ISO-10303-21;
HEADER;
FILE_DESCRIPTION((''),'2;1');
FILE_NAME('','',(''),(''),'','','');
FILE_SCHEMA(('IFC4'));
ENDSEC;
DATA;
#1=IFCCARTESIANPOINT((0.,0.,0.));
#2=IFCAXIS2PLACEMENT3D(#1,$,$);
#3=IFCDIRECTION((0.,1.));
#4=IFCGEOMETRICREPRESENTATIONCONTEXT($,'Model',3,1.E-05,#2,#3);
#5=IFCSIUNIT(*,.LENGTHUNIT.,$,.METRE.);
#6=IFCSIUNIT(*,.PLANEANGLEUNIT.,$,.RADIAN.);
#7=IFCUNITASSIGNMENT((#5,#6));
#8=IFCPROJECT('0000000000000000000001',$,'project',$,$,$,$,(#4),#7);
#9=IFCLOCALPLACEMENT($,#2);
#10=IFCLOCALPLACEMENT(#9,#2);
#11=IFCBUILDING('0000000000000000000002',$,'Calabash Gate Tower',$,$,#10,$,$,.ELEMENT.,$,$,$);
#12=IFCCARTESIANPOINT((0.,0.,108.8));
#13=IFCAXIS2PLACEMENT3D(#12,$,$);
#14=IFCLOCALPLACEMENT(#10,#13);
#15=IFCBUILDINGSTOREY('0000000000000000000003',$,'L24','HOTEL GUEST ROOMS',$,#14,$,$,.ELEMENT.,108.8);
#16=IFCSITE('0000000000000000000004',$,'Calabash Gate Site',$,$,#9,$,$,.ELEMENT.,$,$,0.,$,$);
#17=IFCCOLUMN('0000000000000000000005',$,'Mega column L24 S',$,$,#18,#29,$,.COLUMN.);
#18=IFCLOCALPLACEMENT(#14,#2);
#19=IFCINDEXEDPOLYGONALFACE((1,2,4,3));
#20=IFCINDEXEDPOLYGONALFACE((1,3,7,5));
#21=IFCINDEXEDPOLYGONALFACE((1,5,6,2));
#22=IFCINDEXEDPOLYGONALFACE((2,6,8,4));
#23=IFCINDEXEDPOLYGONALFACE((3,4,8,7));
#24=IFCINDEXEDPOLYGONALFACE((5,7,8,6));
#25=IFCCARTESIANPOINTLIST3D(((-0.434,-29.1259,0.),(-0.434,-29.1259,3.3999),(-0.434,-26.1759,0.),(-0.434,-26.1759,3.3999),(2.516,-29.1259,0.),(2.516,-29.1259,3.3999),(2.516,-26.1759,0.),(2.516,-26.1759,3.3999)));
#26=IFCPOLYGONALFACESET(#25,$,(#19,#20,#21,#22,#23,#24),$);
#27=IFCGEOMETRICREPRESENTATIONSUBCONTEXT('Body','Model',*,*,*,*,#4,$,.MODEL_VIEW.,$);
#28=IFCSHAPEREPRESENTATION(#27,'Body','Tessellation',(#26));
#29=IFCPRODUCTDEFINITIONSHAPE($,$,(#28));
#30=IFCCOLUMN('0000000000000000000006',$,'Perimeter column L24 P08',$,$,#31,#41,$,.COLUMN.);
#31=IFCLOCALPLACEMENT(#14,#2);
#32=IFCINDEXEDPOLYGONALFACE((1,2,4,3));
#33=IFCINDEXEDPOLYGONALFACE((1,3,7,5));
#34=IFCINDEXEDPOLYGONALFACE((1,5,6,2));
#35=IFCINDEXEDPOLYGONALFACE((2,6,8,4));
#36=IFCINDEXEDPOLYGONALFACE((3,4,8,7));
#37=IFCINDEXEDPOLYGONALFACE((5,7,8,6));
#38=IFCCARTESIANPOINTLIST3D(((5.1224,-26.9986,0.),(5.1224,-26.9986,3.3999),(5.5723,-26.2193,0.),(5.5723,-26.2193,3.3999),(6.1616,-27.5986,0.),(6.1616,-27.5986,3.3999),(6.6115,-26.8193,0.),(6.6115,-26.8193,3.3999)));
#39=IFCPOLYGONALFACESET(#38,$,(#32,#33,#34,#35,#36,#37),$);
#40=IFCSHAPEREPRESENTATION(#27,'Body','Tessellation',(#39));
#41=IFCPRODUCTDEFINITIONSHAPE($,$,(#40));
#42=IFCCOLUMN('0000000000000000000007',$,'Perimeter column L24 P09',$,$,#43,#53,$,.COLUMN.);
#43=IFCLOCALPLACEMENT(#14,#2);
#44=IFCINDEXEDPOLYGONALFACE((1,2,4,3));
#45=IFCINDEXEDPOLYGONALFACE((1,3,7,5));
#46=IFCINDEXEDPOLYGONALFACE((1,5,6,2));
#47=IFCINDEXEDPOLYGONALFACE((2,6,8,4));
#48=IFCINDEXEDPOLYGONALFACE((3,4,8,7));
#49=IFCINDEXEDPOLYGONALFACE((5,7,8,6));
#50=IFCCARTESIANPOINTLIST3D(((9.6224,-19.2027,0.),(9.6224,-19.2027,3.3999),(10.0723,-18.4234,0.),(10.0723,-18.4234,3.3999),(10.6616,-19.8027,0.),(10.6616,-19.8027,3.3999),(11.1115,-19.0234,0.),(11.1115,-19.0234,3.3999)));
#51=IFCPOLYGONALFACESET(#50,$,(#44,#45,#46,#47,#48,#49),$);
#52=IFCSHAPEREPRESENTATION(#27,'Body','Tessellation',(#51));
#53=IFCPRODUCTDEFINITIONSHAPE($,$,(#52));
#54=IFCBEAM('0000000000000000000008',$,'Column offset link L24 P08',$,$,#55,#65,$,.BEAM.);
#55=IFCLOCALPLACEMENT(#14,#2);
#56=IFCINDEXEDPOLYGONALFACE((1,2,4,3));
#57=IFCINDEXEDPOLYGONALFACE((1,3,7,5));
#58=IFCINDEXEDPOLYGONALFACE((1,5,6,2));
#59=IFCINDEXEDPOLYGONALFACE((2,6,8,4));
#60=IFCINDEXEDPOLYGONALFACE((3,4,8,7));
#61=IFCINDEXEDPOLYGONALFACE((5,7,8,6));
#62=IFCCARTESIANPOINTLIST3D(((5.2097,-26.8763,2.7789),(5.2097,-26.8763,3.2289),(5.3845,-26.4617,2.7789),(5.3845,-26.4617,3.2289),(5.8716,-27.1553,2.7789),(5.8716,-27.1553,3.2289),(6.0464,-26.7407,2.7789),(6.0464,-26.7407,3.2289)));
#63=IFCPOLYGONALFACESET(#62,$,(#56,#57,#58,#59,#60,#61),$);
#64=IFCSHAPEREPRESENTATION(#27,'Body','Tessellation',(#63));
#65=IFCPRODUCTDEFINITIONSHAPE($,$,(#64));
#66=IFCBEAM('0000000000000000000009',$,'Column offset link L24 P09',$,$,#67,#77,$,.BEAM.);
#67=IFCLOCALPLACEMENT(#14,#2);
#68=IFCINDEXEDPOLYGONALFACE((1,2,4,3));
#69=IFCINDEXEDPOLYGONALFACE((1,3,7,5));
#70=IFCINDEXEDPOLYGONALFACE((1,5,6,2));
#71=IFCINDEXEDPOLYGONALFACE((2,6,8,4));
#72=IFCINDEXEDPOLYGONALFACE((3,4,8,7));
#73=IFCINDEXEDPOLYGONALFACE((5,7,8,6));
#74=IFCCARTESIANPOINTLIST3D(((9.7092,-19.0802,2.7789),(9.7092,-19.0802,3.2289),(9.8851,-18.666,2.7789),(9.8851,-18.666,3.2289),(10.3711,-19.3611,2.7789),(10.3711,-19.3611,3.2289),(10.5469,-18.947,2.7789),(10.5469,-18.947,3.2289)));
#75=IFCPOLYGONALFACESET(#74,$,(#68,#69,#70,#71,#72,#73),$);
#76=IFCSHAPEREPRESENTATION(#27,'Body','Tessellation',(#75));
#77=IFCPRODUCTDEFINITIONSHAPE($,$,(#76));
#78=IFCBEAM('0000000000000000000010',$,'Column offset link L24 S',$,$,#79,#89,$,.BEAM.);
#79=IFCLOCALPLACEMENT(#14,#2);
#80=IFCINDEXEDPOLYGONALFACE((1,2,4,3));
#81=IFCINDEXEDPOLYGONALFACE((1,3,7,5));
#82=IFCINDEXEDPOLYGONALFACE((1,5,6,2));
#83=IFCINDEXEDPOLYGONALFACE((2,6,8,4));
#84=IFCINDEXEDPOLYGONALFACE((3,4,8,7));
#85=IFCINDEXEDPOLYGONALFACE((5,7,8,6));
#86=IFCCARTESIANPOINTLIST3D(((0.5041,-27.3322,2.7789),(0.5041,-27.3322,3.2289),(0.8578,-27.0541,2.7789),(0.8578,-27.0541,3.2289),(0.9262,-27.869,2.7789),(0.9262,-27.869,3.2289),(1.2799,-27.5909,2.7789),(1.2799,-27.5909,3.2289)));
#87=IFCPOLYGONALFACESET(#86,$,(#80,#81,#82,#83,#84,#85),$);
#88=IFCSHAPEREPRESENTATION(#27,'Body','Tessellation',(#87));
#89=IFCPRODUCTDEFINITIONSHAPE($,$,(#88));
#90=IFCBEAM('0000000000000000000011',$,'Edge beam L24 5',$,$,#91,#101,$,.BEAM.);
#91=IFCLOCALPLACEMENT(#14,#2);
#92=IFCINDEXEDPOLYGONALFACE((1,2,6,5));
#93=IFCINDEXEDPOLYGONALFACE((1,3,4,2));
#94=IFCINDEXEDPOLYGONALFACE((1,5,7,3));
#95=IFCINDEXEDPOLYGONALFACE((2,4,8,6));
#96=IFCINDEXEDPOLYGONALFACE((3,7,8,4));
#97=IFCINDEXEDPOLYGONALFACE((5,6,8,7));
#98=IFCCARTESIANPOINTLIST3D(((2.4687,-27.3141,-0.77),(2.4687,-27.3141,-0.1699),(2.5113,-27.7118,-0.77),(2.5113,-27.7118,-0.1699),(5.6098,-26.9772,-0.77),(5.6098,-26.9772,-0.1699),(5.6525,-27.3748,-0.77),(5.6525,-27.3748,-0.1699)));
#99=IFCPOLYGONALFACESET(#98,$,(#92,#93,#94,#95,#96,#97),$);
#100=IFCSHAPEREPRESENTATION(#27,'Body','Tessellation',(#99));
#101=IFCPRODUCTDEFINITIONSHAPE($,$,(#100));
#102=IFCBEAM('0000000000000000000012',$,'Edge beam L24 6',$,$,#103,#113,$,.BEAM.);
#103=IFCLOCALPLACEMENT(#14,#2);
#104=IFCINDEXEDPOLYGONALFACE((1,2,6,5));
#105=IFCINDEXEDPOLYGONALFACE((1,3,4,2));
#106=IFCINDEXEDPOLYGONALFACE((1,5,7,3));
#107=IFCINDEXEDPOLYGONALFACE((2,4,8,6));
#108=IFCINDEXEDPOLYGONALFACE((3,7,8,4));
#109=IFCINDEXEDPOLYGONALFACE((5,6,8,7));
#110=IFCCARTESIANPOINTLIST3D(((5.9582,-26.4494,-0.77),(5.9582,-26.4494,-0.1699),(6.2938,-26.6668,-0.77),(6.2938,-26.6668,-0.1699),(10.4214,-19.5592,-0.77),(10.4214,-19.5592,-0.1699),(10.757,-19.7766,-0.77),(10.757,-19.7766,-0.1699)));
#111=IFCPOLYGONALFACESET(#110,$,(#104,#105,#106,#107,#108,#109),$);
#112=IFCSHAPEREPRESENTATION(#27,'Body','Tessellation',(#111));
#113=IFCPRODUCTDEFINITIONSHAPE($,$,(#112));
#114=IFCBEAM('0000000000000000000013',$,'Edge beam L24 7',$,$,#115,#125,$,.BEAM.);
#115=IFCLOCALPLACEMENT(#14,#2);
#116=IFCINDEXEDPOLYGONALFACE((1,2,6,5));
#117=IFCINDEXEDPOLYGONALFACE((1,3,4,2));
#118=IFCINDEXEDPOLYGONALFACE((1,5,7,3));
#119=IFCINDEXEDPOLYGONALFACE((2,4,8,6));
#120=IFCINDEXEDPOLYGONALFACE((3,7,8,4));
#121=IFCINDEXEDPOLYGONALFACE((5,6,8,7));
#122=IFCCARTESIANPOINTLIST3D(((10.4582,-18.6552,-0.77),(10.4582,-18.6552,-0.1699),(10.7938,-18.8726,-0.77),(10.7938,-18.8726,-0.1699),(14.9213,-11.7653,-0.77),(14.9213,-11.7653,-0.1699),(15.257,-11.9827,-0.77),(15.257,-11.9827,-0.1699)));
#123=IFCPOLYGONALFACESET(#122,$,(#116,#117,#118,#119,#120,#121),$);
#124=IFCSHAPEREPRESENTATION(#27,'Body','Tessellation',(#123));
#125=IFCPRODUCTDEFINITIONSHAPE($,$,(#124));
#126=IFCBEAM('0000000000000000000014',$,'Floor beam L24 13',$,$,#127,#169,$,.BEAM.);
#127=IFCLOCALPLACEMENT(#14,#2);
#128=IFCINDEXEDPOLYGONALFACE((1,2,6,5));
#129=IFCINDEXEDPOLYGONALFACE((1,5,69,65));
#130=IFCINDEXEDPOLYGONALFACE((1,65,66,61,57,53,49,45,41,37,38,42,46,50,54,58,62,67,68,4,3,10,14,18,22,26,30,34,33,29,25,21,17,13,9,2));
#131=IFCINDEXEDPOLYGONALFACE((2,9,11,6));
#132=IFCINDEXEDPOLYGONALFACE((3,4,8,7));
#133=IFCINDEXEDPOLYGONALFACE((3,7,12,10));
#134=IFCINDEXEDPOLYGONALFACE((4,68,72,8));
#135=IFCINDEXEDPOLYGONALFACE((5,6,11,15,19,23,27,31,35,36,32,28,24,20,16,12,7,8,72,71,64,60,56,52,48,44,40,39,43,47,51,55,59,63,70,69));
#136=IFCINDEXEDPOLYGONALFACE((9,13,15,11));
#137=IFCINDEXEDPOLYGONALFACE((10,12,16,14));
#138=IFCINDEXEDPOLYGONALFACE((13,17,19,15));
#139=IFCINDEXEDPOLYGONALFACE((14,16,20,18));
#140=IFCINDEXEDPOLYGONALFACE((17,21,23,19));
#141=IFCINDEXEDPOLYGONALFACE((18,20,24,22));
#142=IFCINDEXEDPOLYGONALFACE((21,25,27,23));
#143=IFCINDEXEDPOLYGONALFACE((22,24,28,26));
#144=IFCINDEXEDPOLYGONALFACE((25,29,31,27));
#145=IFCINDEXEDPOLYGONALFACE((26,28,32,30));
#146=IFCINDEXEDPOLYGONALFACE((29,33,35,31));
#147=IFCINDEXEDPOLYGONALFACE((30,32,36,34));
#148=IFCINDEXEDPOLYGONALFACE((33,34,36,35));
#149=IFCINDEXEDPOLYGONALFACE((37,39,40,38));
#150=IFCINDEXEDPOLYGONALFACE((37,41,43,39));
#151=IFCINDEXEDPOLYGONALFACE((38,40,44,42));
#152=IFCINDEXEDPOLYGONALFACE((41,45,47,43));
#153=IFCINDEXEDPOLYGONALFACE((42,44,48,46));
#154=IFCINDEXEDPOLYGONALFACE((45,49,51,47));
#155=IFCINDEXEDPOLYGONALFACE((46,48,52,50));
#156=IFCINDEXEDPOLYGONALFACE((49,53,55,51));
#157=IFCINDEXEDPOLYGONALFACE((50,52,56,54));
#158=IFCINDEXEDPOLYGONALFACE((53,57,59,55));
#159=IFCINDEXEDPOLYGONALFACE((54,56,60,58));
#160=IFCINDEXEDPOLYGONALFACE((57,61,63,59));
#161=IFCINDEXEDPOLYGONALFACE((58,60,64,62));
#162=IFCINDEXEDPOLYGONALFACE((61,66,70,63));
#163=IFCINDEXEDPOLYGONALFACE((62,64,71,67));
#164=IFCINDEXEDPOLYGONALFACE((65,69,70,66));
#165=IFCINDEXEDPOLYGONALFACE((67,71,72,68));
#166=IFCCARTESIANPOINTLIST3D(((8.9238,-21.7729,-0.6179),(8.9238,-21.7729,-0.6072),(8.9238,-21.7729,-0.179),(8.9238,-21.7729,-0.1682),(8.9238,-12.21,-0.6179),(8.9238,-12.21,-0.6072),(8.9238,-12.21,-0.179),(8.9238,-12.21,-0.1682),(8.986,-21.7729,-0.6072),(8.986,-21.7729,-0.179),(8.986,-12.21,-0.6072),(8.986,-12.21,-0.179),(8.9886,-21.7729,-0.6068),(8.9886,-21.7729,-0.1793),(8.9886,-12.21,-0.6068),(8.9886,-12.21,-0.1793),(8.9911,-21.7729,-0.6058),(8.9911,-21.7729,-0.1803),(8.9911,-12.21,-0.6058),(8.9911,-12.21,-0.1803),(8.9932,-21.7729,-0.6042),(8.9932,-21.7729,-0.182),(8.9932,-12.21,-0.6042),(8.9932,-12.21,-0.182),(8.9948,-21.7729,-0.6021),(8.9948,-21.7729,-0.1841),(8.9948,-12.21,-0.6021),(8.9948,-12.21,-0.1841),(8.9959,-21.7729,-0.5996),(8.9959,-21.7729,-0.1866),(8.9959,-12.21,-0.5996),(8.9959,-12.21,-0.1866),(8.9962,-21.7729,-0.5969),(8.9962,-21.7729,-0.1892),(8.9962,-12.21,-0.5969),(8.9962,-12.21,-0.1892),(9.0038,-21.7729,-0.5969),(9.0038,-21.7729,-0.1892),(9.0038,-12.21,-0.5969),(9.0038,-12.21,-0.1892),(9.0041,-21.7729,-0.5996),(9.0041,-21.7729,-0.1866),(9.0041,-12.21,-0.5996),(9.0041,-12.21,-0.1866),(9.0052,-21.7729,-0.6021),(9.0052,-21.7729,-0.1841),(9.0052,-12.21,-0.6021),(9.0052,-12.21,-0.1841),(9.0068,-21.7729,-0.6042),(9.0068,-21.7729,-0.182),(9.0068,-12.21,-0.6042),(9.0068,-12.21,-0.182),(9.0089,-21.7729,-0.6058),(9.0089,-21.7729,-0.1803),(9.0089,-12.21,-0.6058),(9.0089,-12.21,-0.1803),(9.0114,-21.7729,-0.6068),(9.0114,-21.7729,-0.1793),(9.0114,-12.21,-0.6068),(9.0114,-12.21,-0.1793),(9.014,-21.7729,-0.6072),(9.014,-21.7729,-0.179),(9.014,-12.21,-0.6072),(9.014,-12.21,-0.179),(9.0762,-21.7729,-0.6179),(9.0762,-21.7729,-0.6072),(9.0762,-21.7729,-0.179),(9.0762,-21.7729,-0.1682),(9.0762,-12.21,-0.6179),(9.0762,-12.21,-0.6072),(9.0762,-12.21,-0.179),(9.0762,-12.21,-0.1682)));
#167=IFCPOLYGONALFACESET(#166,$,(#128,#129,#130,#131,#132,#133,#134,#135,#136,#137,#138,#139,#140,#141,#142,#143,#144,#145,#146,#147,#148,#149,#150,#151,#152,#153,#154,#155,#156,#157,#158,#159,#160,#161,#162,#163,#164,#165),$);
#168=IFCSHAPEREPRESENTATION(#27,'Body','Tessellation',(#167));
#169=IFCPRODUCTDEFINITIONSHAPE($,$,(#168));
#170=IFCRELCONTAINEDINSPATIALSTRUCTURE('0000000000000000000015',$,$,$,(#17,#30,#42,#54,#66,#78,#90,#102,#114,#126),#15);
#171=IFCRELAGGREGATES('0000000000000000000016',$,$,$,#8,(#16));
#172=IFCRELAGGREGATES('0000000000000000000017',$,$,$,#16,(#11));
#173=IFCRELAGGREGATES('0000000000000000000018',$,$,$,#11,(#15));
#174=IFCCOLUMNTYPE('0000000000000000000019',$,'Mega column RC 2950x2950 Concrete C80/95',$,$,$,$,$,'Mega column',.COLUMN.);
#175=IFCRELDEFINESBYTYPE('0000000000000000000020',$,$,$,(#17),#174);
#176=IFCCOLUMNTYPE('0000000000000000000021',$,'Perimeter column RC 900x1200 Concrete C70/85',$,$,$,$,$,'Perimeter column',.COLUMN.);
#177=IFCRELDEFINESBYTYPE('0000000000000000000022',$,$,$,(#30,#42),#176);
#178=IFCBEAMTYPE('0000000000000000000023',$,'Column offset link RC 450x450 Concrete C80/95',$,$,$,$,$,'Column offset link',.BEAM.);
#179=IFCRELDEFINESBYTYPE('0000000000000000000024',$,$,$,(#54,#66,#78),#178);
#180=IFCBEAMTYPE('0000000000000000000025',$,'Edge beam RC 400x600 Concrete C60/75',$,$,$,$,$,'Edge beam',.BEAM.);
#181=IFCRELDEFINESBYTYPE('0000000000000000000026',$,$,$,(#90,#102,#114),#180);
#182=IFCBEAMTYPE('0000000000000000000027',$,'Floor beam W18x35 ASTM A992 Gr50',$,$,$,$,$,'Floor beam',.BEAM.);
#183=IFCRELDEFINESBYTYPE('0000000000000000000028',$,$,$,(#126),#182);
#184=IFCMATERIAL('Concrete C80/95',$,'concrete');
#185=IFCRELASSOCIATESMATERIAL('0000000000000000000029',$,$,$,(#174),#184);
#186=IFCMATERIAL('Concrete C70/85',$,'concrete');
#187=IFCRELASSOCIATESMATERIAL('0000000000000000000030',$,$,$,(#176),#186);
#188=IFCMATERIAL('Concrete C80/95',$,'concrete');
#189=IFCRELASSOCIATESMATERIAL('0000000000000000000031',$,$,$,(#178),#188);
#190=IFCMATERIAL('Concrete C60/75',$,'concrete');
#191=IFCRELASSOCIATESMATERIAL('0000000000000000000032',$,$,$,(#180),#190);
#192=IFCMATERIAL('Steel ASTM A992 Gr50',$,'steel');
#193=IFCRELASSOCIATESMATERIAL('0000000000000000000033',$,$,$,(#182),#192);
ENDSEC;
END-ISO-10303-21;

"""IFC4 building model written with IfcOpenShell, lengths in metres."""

from ifc_helpers import new_model, si_unit, direction, frame, origin, origin_2d, place, context, subcontext, project, spatial, rectangle, i_section, extrude, material, material_profile, profile_set, type_object, element, save


model = new_model("IFC4")

# Units and contexts
model_context = context("Model", 3, precision=1e-05, world=origin(), true_north=direction((0.0, 1.0)))
body_context = subcontext(model_context, "Body", "Model", "MODEL_VIEW")
ifc_project = project(units=[si_unit("LENGTHUNIT", "METRE"), si_unit("PLANEANGLEUNIT", "RADIAN")], contexts=[model_context])

# Site, building, storey
site_placement = place(None, origin())
site = spatial("IfcSite", under=ifc_project, at=site_placement, Name="Calabash Gate Site", CompositionType="ELEMENT", RefElevation=0.0)
building_placement = place(site_placement, origin())
building = spatial("IfcBuilding", under=site, at=building_placement, Name="Calabash Gate Tower", CompositionType="ELEMENT")
storey_placement = place(building_placement, frame((0.0, 0.0, 108.8)))
storey = spatial("IfcBuildingStorey", under=building, at=storey_placement, Name="L24", Description="HOTEL GUEST ROOMS", CompositionType="ELEMENT", Elevation=108.8)

# Columns
ifc_material_1 = material(Name="Concrete C80/95", Category="concrete")
ifc_material_profile_1 = material_profile(ifc_material_1, rectangle(XDim=2.95, YDim=2.95, at=origin_2d()))
ifc_profile_set_1 = profile_set([ifc_material_profile_1], Name="Concrete C80/95")
column_type_1 = type_object("IfcColumnType", Name="Mega column RC 2950x2950 Concrete C80/95", ElementType="Mega column", PredefinedType="COLUMN", material=ifc_profile_set_1)
column_placement = place(storey_placement, frame((1.041, -27.6509, 0.0), z_axis=(0.0, 0.0, 1.0), x_axis=(0.0, 1.0, 0.0)))
element("IfcColumn", 1, at=column_placement, inside=storey, type_object=column_type_1, Name="Mega column L24 S", PredefinedType="COLUMN", context=body_context, shape_type="SweptSolid", body=[
    extrude(rectangle(XDim=2.95, YDim=2.95, at=origin_2d()), origin(), (0.0, 0.0, 1.0), 3.3999),
])
ifc_material_2 = material(Name="Concrete C70/85", Category="concrete")
ifc_material_profile_2 = material_profile(ifc_material_2, rectangle(XDim=0.8999, YDim=1.2, at=origin_2d()))
ifc_profile_set_2 = profile_set([ifc_material_profile_2], Name="Concrete C70/85")
column_type_2 = type_object("IfcColumnType", Name="Perimeter column RC 900x1200 Concrete C70/85", ElementType="Perimeter column", PredefinedType="COLUMN", material=ifc_profile_set_2)
for number, where, z_axis, x_axis, name in (
    (2, (5.8669, -26.9089, 0.0), (0.0, 0.0, 1.0), (0.5, 0.866025, 0.0), "Perimeter column L24 P08"),
    (3, (10.3669, -19.113, 0.0), (0.0, 0.0, 1.0), (0.5, 0.866025, 0.0), "Perimeter column L24 P09"),
):
    element("IfcColumn", number, at=place(storey_placement, frame(where, z_axis=z_axis, x_axis=x_axis)), inside=storey, type_object=column_type_2, Name=name, PredefinedType="COLUMN", context=body_context, shape_type="SweptSolid", body=[
        extrude(rectangle(XDim=0.8999, YDim=1.2, at=origin_2d()), origin(), (0.0, 0.0, 1.0), 3.3999),
    ])

# Beams
ifc_material_3 = material(Name="Concrete C80/95", Category="concrete")
ifc_material_profile_3 = material_profile(ifc_material_3, rectangle(XDim=0.45, YDim=0.45, at=origin_2d()))
ifc_profile_set_3 = profile_set([ifc_material_profile_3], Name="Concrete C80/95")
beam_type_1 = type_object("IfcBeamType", Name="Column offset link RC 450x450 Concrete C80/95", ElementType="Column offset link", PredefinedType="BEAM", material=ifc_profile_set_3)
beam_1_placement = place(storey_placement, frame((5.959, -26.948, 3.0039), z_axis=(-0.92145, 0.388498, 0.0), x_axis=(-0.388498, -0.92145, 0.0)))
element("IfcBeam", 4, at=beam_1_placement, inside=storey, type_object=beam_type_1, Name="Column offset link L24 P08", PredefinedType="BEAM", context=body_context, shape_type="SweptSolid", body=[
    extrude(rectangle(XDim=0.45, YDim=0.45, at=origin_2d()), origin(), (0.0, 0.0, 1.0), 0.7183),
])
beam_2_placement = place(storey_placement, frame((10.459, -19.1541, 3.0039), z_axis=(-0.920474, 0.390803, 0.0), x_axis=(-0.390803, -0.920474, 0.0)))
element("IfcBeam", 5, at=beam_2_placement, inside=storey, type_object=beam_type_1, Name="Column offset link L24 P09", PredefinedType="BEAM", context=body_context, shape_type="SweptSolid", body=[
    extrude(rectangle(XDim=0.45, YDim=0.45, at=origin_2d()), origin(), (0.0, 0.0, 1.0), 0.719),
])
beam_3_placement = place(storey_placement, frame((1.103, -27.73, 3.0039), z_axis=(-0.61809, 0.786107, 0.0), x_axis=(-0.786107, -0.61809, 0.0)))
element("IfcBeam", 6, at=beam_3_placement, inside=storey, type_object=beam_type_1, Name="Column offset link L24 S", PredefinedType="BEAM", context=body_context, shape_type="SweptSolid", body=[
    extrude(rectangle(XDim=0.45, YDim=0.45, at=origin_2d()), origin(), (0.0, 0.0, 1.0), 0.6829),
])
ifc_material_4 = material(Name="Concrete C60/75", Category="concrete")
ifc_material_profile_4 = material_profile(ifc_material_4, rectangle(XDim=0.3999, YDim=0.6001, at=origin_2d()))
ifc_profile_set_4 = profile_set([ifc_material_profile_4], Name="Concrete C60/75")
beam_type_2 = type_object("IfcBeamType", Name="Edge beam RC 400x600 Concrete C60/75", ElementType="Edge beam", PredefinedType="BEAM", material=ifc_profile_set_4)
beam_4_placement = place(storey_placement, frame((2.49, -27.5129, -0.47), z_axis=(0.994297, 0.106648, 0.0), x_axis=(-0.106648, 0.994297, 0.0)))
element("IfcBeam", 7, at=beam_4_placement, inside=storey, type_object=beam_type_2, Name="Edge beam L24 5", PredefinedType="BEAM", context=body_context, shape_type="SweptSolid", body=[
    extrude(rectangle(XDim=0.3999, YDim=0.6001, at=origin_2d()), origin(), (0.0, 0.0, 1.0), 3.1592),
])
beam_5_placement = place(storey_placement, frame((6.126, -26.5581, -0.47), z_axis=(0.543664, 0.839303, 0.0), x_axis=(-0.839303, 0.543664, 0.0)))
element("IfcBeam", 8, at=beam_5_placement, inside=storey, type_object=beam_type_2, Name="Edge beam L24 6", PredefinedType="BEAM", context=body_context, shape_type="SweptSolid", body=[
    extrude(rectangle(XDim=0.3999, YDim=0.6001, at=origin_2d()), origin(), (0.0, 0.0, 1.0), 8.2095),
])
beam_6_placement = place(storey_placement, frame((10.626, -18.7639, -0.47), z_axis=(0.543678, 0.839294, 0.0), x_axis=(-0.839294, 0.543678, 0.0)))
element("IfcBeam", 9, at=beam_6_placement, inside=storey, type_object=beam_type_2, Name="Edge beam L24 7", PredefinedType="BEAM", context=body_context, shape_type="SweptSolid", body=[
    extrude(rectangle(XDim=0.3999, YDim=0.6001, at=origin_2d()), origin(), (0.0, 0.0, 1.0), 8.2092),
])
ifc_material_5 = material(Name="Steel ASTM A992 Gr50", Category="steel")
ifc_material_profile_5 = material_profile(ifc_material_5, i_section(OverallWidth=0.1523, OverallDepth=0.4497, WebThickness=0.0076, FlangeThickness=0.0107, FilletRadius=0.0103, at=origin_2d()))
ifc_profile_set_5 = profile_set([ifc_material_profile_5], Name="Steel ASTM A992 Gr50")
beam_type_3 = type_object("IfcBeamType", Name="Floor beam W18x35 ASTM A992 Gr50", ElementType="Floor beam", PredefinedType="BEAM", material=ifc_profile_set_5)
beam_7_placement = place(storey_placement, frame((9.0, -21.7729, -0.3931), z_axis=(0.0, 1.0, 0.0), x_axis=(-1.0, 0.0, 0.0)))
element("IfcBeam", 10, at=beam_7_placement, inside=storey, type_object=beam_type_3, Name="Floor beam L24 13", PredefinedType="BEAM", context=body_context, shape_type="SweptSolid", body=[
    extrude(i_section(OverallWidth=0.1523, OverallDepth=0.4497, WebThickness=0.0076, FlangeThickness=0.0107, FilletRadius=0.0103, at=origin_2d()), origin(), (0.0, 0.0, 1.0), 9.563),
])

save(model, "model.ifc")
